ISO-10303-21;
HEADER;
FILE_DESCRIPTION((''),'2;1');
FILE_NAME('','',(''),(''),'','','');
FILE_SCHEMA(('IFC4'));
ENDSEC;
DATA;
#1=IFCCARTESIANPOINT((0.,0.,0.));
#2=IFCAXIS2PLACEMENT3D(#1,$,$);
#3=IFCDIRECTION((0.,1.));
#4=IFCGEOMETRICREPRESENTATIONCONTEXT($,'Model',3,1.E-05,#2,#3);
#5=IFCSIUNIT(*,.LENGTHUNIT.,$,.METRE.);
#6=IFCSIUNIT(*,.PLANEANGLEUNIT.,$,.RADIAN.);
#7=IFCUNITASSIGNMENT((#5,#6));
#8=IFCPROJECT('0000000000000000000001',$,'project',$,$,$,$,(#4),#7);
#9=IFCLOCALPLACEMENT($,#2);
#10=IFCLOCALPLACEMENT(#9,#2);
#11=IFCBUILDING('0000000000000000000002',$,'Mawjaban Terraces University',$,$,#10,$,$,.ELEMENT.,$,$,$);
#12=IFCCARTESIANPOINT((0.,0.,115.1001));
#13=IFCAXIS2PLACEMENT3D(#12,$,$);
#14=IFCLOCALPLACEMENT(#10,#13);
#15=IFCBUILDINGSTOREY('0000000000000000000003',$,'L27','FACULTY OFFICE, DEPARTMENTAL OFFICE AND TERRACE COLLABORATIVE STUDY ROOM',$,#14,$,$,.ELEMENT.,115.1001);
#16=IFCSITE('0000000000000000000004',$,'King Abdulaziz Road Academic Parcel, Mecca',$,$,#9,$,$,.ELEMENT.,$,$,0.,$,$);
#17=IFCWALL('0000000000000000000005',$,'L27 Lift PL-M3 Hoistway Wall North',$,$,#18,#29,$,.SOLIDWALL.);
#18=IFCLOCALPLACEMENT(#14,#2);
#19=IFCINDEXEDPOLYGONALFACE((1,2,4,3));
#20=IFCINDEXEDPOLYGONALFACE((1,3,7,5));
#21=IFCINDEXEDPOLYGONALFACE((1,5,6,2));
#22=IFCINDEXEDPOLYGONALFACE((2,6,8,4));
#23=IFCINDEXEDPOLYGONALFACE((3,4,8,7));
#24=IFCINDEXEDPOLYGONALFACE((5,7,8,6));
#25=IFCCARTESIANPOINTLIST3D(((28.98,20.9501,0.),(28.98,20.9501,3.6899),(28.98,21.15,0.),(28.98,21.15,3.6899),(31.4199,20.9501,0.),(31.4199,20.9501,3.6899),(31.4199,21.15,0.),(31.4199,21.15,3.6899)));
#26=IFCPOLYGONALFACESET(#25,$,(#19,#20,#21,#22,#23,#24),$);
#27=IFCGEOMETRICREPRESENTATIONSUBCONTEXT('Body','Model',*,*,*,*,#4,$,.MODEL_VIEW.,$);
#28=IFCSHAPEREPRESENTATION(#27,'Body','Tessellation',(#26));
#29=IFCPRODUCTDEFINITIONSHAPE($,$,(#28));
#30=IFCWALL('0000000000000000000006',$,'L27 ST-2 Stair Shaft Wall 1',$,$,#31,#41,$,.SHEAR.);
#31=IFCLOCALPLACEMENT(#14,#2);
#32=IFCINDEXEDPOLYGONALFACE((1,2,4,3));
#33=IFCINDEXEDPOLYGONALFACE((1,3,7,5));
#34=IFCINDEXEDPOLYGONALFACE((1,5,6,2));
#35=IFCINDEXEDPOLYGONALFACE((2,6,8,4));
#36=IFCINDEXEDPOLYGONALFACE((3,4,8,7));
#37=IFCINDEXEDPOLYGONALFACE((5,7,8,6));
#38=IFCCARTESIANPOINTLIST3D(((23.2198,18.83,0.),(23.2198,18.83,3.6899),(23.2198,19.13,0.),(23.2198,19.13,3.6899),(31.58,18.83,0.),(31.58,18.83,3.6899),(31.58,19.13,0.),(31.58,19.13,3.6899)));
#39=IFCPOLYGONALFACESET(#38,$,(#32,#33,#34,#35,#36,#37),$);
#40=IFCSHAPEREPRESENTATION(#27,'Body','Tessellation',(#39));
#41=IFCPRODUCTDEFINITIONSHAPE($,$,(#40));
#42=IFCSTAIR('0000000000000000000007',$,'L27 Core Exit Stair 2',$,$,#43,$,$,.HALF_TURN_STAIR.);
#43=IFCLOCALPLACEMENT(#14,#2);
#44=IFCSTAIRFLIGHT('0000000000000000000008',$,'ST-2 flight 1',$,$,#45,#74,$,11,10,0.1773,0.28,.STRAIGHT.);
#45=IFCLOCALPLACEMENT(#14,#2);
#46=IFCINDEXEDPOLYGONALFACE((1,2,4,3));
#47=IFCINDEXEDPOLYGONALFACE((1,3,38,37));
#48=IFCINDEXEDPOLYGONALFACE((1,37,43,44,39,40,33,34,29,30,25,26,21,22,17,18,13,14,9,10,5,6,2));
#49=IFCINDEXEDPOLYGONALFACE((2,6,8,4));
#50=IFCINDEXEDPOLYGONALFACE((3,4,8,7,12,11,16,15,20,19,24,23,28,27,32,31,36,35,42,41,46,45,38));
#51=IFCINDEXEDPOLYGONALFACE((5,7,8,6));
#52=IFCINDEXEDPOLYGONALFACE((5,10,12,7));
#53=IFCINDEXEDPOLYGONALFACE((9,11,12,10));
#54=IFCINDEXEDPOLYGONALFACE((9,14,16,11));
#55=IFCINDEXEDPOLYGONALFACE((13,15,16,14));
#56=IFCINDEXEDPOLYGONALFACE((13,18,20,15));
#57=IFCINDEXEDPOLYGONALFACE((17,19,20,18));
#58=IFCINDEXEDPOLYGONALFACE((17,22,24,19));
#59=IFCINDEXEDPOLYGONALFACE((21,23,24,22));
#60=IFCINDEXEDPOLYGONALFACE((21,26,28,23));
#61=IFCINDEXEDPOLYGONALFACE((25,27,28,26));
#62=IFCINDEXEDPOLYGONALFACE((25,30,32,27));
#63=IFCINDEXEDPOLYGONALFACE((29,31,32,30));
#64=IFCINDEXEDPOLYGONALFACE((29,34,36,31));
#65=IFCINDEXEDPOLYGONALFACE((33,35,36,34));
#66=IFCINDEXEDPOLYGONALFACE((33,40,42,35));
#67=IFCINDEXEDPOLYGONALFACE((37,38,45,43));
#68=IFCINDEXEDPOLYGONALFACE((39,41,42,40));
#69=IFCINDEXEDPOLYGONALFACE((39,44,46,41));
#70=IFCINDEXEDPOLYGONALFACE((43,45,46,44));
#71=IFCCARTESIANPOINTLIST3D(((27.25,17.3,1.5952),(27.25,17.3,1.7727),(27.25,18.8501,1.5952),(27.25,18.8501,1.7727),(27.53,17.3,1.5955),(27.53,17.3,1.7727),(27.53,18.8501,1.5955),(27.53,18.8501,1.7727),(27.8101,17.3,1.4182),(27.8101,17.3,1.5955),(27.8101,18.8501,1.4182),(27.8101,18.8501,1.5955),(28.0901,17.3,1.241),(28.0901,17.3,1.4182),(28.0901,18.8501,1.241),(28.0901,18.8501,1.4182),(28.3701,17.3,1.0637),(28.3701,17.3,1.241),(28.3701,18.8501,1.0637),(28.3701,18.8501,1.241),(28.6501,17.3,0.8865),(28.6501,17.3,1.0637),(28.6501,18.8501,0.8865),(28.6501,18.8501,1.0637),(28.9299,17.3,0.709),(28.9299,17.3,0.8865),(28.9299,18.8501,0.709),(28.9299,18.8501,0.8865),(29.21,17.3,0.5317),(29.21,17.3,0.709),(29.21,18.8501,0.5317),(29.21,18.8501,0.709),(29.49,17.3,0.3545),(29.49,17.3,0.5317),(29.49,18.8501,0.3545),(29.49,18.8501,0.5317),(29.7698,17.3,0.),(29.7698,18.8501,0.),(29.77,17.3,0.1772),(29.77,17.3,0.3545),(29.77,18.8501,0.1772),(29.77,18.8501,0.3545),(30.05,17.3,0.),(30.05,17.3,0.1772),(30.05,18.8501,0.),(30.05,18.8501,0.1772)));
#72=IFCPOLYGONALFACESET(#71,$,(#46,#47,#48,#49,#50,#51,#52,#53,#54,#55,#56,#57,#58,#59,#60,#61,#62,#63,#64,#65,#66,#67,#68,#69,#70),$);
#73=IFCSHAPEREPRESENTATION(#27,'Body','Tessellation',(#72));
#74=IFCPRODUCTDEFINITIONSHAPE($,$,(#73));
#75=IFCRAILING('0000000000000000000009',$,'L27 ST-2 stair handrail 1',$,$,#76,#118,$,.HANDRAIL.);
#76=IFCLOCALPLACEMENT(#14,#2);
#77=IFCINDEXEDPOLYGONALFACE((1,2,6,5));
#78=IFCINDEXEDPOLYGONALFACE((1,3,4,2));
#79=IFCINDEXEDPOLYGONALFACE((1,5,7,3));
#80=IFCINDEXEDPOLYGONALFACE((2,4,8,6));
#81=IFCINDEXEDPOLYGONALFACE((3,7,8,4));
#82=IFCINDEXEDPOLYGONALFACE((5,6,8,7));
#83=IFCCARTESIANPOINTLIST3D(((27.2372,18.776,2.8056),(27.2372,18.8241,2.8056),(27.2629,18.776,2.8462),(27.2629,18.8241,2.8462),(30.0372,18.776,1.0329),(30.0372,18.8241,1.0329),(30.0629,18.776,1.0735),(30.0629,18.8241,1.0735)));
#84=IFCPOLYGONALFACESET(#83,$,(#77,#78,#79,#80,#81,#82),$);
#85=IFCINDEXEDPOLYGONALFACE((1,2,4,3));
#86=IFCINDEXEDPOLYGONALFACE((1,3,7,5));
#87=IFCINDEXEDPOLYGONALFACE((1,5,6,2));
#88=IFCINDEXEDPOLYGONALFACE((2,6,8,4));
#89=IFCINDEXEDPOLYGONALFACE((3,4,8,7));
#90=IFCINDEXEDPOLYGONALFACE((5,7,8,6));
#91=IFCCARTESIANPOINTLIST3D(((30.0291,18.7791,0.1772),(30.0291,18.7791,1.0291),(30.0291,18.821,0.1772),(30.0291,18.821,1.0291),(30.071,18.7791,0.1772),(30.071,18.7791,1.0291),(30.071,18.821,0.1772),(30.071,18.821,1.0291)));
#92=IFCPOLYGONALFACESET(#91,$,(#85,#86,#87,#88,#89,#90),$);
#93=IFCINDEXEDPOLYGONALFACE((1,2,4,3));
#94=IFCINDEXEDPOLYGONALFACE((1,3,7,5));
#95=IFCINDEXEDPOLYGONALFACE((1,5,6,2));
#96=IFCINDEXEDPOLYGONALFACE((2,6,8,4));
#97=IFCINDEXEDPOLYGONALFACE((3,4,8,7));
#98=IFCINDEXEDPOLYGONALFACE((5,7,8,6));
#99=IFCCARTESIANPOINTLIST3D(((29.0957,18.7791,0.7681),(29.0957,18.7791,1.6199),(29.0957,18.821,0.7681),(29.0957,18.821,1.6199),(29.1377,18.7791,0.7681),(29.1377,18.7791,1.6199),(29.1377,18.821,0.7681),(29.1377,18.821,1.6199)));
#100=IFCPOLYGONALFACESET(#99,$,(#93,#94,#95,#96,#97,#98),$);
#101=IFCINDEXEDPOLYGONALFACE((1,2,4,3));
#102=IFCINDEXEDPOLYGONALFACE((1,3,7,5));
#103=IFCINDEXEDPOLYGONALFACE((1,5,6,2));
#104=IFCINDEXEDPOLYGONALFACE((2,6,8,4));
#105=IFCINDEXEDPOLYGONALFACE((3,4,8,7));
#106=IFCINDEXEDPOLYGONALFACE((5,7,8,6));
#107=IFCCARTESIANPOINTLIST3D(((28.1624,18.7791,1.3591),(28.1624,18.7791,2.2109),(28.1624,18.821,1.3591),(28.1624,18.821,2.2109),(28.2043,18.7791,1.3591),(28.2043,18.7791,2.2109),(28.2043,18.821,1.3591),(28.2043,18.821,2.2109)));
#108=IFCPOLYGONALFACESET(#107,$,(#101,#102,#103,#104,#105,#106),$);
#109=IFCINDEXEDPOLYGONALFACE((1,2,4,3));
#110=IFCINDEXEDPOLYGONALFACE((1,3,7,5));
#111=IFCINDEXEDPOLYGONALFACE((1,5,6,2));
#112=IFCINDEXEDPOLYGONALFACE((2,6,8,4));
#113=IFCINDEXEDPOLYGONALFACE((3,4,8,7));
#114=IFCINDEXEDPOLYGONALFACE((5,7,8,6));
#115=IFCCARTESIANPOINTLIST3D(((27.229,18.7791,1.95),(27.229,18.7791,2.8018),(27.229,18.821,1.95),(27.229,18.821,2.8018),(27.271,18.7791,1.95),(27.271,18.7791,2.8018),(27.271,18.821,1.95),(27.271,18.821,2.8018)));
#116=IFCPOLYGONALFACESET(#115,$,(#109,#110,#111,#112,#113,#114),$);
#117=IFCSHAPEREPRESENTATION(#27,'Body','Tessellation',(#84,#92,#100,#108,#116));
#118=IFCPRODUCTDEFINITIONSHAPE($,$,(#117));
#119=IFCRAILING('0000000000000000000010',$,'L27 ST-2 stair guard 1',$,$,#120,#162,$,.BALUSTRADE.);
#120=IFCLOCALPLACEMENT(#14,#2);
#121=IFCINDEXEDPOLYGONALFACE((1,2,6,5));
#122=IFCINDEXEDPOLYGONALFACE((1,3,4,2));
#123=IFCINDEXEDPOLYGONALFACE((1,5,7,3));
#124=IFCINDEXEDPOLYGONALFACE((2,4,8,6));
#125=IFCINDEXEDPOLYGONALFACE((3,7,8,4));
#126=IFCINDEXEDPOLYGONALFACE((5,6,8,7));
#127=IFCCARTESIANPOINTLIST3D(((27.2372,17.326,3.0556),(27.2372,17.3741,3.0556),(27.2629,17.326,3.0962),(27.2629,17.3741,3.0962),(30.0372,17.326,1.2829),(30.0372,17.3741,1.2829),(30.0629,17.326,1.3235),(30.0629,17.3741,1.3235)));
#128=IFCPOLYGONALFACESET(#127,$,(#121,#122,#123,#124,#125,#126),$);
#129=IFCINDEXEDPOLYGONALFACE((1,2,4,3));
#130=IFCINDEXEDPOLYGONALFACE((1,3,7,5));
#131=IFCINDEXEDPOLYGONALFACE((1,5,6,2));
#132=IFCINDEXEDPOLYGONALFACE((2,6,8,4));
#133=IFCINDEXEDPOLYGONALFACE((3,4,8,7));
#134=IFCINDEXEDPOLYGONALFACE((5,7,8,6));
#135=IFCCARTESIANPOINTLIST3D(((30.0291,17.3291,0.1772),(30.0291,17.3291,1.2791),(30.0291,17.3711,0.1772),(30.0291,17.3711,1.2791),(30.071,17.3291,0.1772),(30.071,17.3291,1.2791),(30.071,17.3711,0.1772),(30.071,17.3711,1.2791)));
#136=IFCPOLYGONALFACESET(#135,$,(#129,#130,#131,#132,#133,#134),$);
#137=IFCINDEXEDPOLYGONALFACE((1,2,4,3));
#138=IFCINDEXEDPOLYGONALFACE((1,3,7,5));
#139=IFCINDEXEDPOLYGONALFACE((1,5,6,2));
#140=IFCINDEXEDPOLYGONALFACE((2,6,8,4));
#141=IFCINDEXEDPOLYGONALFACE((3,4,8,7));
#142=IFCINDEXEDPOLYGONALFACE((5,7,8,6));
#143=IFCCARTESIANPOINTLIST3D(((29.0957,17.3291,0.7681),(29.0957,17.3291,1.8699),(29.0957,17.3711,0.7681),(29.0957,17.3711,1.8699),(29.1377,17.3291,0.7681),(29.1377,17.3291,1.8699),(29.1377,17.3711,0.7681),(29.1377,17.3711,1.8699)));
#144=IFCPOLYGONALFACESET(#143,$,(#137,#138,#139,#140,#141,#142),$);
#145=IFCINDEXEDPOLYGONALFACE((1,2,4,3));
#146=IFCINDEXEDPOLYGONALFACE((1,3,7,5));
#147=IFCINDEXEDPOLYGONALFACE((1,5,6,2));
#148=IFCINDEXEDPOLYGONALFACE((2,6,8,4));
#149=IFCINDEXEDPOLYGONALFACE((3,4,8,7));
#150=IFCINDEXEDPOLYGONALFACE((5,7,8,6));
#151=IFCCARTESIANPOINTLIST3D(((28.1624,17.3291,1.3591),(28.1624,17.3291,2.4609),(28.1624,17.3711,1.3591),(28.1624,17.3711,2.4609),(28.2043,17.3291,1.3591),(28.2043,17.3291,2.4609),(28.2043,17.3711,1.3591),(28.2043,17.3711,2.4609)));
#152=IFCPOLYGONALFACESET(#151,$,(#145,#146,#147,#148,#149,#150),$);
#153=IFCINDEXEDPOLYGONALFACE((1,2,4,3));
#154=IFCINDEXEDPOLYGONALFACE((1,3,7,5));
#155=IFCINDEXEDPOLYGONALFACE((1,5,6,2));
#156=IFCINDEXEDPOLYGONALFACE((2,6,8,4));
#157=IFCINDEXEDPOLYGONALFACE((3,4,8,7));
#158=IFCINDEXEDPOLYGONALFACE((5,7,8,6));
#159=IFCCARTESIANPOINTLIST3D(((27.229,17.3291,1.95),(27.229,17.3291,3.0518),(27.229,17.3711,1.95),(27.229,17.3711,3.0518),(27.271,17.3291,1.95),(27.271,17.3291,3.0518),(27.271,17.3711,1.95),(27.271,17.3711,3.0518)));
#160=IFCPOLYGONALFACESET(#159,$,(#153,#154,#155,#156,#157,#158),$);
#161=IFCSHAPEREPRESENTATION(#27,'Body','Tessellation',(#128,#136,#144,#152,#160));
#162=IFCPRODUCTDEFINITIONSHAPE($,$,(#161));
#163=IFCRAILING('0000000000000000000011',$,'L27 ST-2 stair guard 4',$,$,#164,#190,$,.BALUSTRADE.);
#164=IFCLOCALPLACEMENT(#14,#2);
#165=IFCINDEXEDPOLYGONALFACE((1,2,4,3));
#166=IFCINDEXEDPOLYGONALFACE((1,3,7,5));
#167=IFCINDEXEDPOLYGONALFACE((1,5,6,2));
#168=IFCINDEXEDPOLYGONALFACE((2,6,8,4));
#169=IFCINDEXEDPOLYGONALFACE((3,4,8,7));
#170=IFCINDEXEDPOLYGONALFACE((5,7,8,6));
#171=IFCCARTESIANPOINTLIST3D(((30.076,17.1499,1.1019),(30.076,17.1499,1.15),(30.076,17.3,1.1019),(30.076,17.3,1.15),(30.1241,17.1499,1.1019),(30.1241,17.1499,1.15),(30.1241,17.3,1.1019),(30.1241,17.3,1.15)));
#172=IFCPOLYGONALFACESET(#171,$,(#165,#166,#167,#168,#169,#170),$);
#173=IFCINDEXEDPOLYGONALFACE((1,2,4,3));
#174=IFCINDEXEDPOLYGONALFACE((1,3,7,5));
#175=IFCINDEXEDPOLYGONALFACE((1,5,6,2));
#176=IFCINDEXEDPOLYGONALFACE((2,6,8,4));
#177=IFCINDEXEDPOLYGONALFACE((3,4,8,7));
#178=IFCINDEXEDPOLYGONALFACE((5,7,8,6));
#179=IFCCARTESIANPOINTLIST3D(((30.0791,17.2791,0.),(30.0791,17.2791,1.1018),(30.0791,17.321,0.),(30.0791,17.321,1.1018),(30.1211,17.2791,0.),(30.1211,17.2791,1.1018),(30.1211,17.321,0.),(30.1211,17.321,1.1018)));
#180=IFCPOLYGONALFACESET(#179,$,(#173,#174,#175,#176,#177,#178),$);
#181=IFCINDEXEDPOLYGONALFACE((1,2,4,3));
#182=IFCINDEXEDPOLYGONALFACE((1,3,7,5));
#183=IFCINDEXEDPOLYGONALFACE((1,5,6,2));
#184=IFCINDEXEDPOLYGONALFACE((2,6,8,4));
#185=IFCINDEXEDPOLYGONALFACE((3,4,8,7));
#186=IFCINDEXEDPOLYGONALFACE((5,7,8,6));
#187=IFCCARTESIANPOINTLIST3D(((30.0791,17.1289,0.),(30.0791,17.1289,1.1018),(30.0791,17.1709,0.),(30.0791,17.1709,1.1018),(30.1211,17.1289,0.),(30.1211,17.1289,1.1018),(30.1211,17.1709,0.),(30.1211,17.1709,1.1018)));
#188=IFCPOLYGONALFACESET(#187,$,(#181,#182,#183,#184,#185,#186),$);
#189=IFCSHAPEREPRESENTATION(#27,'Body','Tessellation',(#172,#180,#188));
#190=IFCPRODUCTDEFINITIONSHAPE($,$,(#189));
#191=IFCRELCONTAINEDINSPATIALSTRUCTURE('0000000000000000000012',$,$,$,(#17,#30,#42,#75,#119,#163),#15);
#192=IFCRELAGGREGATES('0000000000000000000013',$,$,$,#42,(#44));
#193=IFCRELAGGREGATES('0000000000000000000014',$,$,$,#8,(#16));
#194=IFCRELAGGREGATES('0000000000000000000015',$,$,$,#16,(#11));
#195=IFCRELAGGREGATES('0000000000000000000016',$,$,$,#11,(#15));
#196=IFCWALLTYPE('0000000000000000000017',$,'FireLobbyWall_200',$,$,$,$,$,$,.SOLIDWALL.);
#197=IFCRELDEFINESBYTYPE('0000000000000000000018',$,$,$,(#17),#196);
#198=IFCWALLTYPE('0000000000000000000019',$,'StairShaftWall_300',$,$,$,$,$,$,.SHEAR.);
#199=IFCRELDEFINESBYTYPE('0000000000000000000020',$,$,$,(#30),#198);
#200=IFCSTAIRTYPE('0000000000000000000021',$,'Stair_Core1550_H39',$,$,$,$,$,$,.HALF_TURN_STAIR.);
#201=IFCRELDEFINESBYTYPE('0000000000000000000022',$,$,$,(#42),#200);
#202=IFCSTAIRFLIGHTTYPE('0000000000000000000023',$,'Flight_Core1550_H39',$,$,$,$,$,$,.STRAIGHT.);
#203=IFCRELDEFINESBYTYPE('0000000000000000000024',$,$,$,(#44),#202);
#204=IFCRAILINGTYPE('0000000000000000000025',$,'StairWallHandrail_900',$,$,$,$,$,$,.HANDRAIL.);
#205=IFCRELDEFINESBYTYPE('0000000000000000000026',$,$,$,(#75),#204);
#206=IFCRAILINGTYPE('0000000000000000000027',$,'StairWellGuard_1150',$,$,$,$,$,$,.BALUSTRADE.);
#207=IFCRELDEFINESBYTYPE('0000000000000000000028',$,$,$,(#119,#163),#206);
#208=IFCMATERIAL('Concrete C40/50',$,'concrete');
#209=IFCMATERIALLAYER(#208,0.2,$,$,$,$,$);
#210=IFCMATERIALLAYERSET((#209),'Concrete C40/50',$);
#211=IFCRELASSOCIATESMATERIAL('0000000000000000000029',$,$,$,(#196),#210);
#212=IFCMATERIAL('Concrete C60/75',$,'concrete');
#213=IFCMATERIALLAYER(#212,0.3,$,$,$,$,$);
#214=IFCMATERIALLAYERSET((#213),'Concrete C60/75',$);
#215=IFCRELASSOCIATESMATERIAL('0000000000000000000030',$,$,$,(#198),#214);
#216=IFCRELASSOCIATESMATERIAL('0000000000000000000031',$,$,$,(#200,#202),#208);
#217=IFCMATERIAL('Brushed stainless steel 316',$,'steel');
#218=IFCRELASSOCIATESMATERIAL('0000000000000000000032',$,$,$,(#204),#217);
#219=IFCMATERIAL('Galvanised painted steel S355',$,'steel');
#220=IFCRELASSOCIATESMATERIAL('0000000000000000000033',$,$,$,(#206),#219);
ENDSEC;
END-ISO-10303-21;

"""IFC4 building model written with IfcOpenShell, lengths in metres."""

from ifc_helpers import new_model, si_unit, direction, frame, frame_2d, origin, origin_2d, place, context, subcontext, project, spatial, polyline, rectangle, outline, extrude, material, layer, layer_set, type_object, element, aggregate, save


model = new_model("IFC4")

# Units and contexts
model_context = context("Model", 3, precision=1e-05, world=origin(), true_north=direction((0.0, 1.0)))
body_context = subcontext(model_context, "Body", "Model", "MODEL_VIEW")
ifc_project = project(units=[si_unit("LENGTHUNIT", "METRE"), si_unit("PLANEANGLEUNIT", "RADIAN")], contexts=[model_context])

# Site, building, storey
site_placement = place(None, origin())
site = spatial("IfcSite", under=ifc_project, at=site_placement, Name="King Abdulaziz Road Academic Parcel, Mecca", CompositionType="ELEMENT", RefElevation=0.0)
building_placement = place(site_placement, origin())
building = spatial("IfcBuilding", under=site, at=building_placement, Name="Mawjaban Terraces University", CompositionType="ELEMENT")
storey_placement = place(building_placement, frame((0.0, 0.0, 115.1001)))
storey = spatial("IfcBuildingStorey", under=building, at=storey_placement, Name="L27", Description="FACULTY OFFICE, DEPARTMENTAL OFFICE AND TERRACE COLLABORATIVE STUDY ROOM", CompositionType="ELEMENT", Elevation=115.1001)

# Shared definitions
ifc_material_1 = material(Name="Concrete C40/50", Category="concrete")
ifc_layer_1 = layer(ifc_material_1, 0.2)
ifc_layer_set_1 = layer_set([ifc_layer_1], Name="Concrete C40/50")
wall_type_1 = type_object("IfcWallType", Name="FireLobbyWall_200", PredefinedType="SOLIDWALL", material=ifc_layer_set_1)

# Walls
wall_1_placement = place(storey_placement, frame((31.4199, 21.05, 0.0), z_axis=(0.0, 0.0, 1.0), x_axis=(-1.0, 0.0, 0.0)))
element("IfcWall", 1, at=wall_1_placement, inside=storey, type_object=wall_type_1, Name="L27 Lift PL-M3 Hoistway Wall North", PredefinedType="SOLIDWALL", context=body_context, shape_type="SweptSolid", body=[
    extrude(rectangle(XDim=2.4399, YDim=0.2, at=frame_2d((1.22, 0.0))), origin(), (0.0, 0.0, 1.0), 3.6899),
])
ifc_material_2 = material(Name="Concrete C60/75", Category="concrete")
ifc_layer_2 = layer(ifc_material_2, 0.3)
ifc_layer_set_2 = layer_set([ifc_layer_2], Name="Concrete C60/75")
wall_type_2 = type_object("IfcWallType", Name="StairShaftWall_300", PredefinedType="SHEAR", material=ifc_layer_set_2)
wall_2_placement = place(storey_placement, frame((31.5801, 18.98, 0.0), z_axis=(0.0, 0.0, 1.0), x_axis=(-1.0, 0.0, 0.0)))
element("IfcWall", 2, at=wall_2_placement, inside=storey, type_object=wall_type_2, Name="L27 ST-2 Stair Shaft Wall 1", PredefinedType="SHEAR", context=body_context, shape_type="SweptSolid", body=[
    extrude(rectangle(XDim=8.3601, YDim=0.3, at=frame_2d((4.1802, 0.0))), origin(), (0.0, 0.0, 1.0), 3.6899),
])

# Stair, stair flight
stair_type = type_object("IfcStairType", Name="Stair_Core1550_H39", PredefinedType="HALF_TURN_STAIR", material=ifc_material_1)
stair_placement = place(storey_placement, origin())
stair = element("IfcStair", 3, at=stair_placement, inside=storey, type_object=stair_type, Name="L27 Core Exit Stair 2", PredefinedType="HALF_TURN_STAIR")
stair_flight_type = type_object("IfcStairFlightType", Name="Flight_Core1550_H39", PredefinedType="STRAIGHT", material=ifc_material_1)
stair_flight_placement = place(storey_placement, frame((30.05, 18.075, 0.0), z_axis=(0.0, 0.0, 1.0), x_axis=(-1.0, 0.0, 0.0)))
stair_flight = element("IfcStairFlight", 4, at=stair_flight_placement, type_object=stair_flight_type, Name="ST-2 flight 1", NumberOfRisers=11, NumberOfTreads=10, PredefinedType="STRAIGHT", RiserHeight=0.1773, TreadLength=0.28, context=body_context, shape_type="SweptSolid", body=[
    extrude(outline(polyline([(0.0, 0.0), (0.0, 0.1772), (0.28, 0.1772), (0.28, 0.3545), (0.5601, 0.3545), (0.5601, 0.5317), (0.8401, 0.5317), (0.8401, 0.709), (1.1201, 0.709), (1.1201, 0.8865), (1.3999, 0.8865), (1.3999, 1.0637), (1.6799, 1.0637), (1.6799, 1.241), (1.96, 1.241), (1.96, 1.4182), (2.24, 1.4182), (2.24, 1.5955), (2.52, 1.5955), (2.52, 1.7727), (2.8, 1.7727), (2.8, 1.95), (2.8, 1.5952), (0.2803, 0.0), (0.0, 0.0)])), frame((0.0, 0.7749, 0.0), z_axis=(0.0, -1.0, 0.0), x_axis=(1.0, 0.0, 0.0)), (0.0, 0.0, 1.0), 1.55),
])
aggregate(stair, [stair_flight])

# Railings
ifc_material_3 = material(Name="Brushed stainless steel 316", Category="steel")
railing_type_1 = type_object("IfcRailingType", Name="StairWallHandrail_900", PredefinedType="HANDRAIL", material=ifc_material_3)
railing_1_placement = place(storey_placement, frame((30.05, 18.8, 0.1772)))
element("IfcRailing", 5, at=railing_1_placement, inside=storey, type_object=railing_type_1, Name="L27 ST-2 stair handrail 1", PredefinedType="HANDRAIL", context=body_context, shape_type="SweptSolid", body=[
    extrude(rectangle(XDim=0.0481, YDim=0.0481, at=origin_2d()), frame((0.0, 0.0, 0.876), z_axis=(-0.844909, 0.0, 0.53491), x_axis=(0.0, -1.0, 0.0)), (0.0, 0.0, 1.0), 3.314),
    extrude(rectangle(XDim=0.042, YDim=0.042, at=origin_2d()), origin(), (0.0, 0.0, 1.0), 0.8518),
    extrude(rectangle(XDim=0.042, YDim=0.042, at=origin_2d()), frame((-0.9333, 0.0, 0.5908)), (0.0, 0.0, 1.0), 0.8518),
    extrude(rectangle(XDim=0.042, YDim=0.042, at=origin_2d()), frame((-1.8667, 0.0, 1.1819)), (0.0, 0.0, 1.0), 0.8518),
    extrude(rectangle(XDim=0.042, YDim=0.042, at=origin_2d()), frame((-2.8, 0.0, 1.7727)), (0.0, 0.0, 1.0), 0.8518),
])
ifc_material_4 = material(Name="Galvanised painted steel S355", Category="steel")
railing_type_2 = type_object("IfcRailingType", Name="StairWellGuard_1150", PredefinedType="BALUSTRADE", material=ifc_material_4)
railing_2_placement = place(storey_placement, frame((30.05, 17.3501, 0.1772)))
element("IfcRailing", 6, at=railing_2_placement, inside=storey, type_object=railing_type_2, Name="L27 ST-2 stair guard 1", PredefinedType="BALUSTRADE", context=body_context, shape_type="SweptSolid", body=[
    extrude(rectangle(XDim=0.0481, YDim=0.0481, at=origin_2d()), frame((0.0, 0.0, 1.126), z_axis=(-0.844909, 0.0, 0.53491), x_axis=(0.0, -1.0, 0.0)), (0.0, 0.0, 1.0), 3.314),
    extrude(rectangle(XDim=0.042, YDim=0.042, at=origin_2d()), origin(), (0.0, 0.0, 1.0), 1.1018),
    extrude(rectangle(XDim=0.042, YDim=0.042, at=origin_2d()), frame((-0.9333, 0.0, 0.5908)), (0.0, 0.0, 1.0), 1.1018),
    extrude(rectangle(XDim=0.042, YDim=0.042, at=origin_2d()), frame((-1.8667, 0.0, 1.1819)), (0.0, 0.0, 1.0), 1.1018),
    extrude(rectangle(XDim=0.042, YDim=0.042, at=origin_2d()), frame((-2.8, 0.0, 1.7727)), (0.0, 0.0, 1.0), 1.1018),
])
railing_3_placement = place(storey_placement, frame((30.1001, 17.3, 0.0)))
element("IfcRailing", 7, at=railing_3_placement, inside=storey, type_object=railing_type_2, Name="L27 ST-2 stair guard 4", PredefinedType="BALUSTRADE", context=body_context, shape_type="SweptSolid", body=[
    extrude(rectangle(XDim=0.0481, YDim=0.0481, at=origin_2d()), frame((0.0, 0.0, 1.126), z_axis=(0.0, -1.0, 0.0), x_axis=(1.0, 0.0, 0.0)), (0.0, 0.0, 1.0), 0.1501),
    extrude(rectangle(XDim=0.042, YDim=0.042, at=origin_2d()), origin(), (0.0, 0.0, 1.0), 1.1018),
    extrude(rectangle(XDim=0.042, YDim=0.042, at=origin_2d()), frame((0.0, -0.1501, 0.0)), (0.0, 0.0, 1.0), 1.1018),
])

save(model, "model.ifc")
